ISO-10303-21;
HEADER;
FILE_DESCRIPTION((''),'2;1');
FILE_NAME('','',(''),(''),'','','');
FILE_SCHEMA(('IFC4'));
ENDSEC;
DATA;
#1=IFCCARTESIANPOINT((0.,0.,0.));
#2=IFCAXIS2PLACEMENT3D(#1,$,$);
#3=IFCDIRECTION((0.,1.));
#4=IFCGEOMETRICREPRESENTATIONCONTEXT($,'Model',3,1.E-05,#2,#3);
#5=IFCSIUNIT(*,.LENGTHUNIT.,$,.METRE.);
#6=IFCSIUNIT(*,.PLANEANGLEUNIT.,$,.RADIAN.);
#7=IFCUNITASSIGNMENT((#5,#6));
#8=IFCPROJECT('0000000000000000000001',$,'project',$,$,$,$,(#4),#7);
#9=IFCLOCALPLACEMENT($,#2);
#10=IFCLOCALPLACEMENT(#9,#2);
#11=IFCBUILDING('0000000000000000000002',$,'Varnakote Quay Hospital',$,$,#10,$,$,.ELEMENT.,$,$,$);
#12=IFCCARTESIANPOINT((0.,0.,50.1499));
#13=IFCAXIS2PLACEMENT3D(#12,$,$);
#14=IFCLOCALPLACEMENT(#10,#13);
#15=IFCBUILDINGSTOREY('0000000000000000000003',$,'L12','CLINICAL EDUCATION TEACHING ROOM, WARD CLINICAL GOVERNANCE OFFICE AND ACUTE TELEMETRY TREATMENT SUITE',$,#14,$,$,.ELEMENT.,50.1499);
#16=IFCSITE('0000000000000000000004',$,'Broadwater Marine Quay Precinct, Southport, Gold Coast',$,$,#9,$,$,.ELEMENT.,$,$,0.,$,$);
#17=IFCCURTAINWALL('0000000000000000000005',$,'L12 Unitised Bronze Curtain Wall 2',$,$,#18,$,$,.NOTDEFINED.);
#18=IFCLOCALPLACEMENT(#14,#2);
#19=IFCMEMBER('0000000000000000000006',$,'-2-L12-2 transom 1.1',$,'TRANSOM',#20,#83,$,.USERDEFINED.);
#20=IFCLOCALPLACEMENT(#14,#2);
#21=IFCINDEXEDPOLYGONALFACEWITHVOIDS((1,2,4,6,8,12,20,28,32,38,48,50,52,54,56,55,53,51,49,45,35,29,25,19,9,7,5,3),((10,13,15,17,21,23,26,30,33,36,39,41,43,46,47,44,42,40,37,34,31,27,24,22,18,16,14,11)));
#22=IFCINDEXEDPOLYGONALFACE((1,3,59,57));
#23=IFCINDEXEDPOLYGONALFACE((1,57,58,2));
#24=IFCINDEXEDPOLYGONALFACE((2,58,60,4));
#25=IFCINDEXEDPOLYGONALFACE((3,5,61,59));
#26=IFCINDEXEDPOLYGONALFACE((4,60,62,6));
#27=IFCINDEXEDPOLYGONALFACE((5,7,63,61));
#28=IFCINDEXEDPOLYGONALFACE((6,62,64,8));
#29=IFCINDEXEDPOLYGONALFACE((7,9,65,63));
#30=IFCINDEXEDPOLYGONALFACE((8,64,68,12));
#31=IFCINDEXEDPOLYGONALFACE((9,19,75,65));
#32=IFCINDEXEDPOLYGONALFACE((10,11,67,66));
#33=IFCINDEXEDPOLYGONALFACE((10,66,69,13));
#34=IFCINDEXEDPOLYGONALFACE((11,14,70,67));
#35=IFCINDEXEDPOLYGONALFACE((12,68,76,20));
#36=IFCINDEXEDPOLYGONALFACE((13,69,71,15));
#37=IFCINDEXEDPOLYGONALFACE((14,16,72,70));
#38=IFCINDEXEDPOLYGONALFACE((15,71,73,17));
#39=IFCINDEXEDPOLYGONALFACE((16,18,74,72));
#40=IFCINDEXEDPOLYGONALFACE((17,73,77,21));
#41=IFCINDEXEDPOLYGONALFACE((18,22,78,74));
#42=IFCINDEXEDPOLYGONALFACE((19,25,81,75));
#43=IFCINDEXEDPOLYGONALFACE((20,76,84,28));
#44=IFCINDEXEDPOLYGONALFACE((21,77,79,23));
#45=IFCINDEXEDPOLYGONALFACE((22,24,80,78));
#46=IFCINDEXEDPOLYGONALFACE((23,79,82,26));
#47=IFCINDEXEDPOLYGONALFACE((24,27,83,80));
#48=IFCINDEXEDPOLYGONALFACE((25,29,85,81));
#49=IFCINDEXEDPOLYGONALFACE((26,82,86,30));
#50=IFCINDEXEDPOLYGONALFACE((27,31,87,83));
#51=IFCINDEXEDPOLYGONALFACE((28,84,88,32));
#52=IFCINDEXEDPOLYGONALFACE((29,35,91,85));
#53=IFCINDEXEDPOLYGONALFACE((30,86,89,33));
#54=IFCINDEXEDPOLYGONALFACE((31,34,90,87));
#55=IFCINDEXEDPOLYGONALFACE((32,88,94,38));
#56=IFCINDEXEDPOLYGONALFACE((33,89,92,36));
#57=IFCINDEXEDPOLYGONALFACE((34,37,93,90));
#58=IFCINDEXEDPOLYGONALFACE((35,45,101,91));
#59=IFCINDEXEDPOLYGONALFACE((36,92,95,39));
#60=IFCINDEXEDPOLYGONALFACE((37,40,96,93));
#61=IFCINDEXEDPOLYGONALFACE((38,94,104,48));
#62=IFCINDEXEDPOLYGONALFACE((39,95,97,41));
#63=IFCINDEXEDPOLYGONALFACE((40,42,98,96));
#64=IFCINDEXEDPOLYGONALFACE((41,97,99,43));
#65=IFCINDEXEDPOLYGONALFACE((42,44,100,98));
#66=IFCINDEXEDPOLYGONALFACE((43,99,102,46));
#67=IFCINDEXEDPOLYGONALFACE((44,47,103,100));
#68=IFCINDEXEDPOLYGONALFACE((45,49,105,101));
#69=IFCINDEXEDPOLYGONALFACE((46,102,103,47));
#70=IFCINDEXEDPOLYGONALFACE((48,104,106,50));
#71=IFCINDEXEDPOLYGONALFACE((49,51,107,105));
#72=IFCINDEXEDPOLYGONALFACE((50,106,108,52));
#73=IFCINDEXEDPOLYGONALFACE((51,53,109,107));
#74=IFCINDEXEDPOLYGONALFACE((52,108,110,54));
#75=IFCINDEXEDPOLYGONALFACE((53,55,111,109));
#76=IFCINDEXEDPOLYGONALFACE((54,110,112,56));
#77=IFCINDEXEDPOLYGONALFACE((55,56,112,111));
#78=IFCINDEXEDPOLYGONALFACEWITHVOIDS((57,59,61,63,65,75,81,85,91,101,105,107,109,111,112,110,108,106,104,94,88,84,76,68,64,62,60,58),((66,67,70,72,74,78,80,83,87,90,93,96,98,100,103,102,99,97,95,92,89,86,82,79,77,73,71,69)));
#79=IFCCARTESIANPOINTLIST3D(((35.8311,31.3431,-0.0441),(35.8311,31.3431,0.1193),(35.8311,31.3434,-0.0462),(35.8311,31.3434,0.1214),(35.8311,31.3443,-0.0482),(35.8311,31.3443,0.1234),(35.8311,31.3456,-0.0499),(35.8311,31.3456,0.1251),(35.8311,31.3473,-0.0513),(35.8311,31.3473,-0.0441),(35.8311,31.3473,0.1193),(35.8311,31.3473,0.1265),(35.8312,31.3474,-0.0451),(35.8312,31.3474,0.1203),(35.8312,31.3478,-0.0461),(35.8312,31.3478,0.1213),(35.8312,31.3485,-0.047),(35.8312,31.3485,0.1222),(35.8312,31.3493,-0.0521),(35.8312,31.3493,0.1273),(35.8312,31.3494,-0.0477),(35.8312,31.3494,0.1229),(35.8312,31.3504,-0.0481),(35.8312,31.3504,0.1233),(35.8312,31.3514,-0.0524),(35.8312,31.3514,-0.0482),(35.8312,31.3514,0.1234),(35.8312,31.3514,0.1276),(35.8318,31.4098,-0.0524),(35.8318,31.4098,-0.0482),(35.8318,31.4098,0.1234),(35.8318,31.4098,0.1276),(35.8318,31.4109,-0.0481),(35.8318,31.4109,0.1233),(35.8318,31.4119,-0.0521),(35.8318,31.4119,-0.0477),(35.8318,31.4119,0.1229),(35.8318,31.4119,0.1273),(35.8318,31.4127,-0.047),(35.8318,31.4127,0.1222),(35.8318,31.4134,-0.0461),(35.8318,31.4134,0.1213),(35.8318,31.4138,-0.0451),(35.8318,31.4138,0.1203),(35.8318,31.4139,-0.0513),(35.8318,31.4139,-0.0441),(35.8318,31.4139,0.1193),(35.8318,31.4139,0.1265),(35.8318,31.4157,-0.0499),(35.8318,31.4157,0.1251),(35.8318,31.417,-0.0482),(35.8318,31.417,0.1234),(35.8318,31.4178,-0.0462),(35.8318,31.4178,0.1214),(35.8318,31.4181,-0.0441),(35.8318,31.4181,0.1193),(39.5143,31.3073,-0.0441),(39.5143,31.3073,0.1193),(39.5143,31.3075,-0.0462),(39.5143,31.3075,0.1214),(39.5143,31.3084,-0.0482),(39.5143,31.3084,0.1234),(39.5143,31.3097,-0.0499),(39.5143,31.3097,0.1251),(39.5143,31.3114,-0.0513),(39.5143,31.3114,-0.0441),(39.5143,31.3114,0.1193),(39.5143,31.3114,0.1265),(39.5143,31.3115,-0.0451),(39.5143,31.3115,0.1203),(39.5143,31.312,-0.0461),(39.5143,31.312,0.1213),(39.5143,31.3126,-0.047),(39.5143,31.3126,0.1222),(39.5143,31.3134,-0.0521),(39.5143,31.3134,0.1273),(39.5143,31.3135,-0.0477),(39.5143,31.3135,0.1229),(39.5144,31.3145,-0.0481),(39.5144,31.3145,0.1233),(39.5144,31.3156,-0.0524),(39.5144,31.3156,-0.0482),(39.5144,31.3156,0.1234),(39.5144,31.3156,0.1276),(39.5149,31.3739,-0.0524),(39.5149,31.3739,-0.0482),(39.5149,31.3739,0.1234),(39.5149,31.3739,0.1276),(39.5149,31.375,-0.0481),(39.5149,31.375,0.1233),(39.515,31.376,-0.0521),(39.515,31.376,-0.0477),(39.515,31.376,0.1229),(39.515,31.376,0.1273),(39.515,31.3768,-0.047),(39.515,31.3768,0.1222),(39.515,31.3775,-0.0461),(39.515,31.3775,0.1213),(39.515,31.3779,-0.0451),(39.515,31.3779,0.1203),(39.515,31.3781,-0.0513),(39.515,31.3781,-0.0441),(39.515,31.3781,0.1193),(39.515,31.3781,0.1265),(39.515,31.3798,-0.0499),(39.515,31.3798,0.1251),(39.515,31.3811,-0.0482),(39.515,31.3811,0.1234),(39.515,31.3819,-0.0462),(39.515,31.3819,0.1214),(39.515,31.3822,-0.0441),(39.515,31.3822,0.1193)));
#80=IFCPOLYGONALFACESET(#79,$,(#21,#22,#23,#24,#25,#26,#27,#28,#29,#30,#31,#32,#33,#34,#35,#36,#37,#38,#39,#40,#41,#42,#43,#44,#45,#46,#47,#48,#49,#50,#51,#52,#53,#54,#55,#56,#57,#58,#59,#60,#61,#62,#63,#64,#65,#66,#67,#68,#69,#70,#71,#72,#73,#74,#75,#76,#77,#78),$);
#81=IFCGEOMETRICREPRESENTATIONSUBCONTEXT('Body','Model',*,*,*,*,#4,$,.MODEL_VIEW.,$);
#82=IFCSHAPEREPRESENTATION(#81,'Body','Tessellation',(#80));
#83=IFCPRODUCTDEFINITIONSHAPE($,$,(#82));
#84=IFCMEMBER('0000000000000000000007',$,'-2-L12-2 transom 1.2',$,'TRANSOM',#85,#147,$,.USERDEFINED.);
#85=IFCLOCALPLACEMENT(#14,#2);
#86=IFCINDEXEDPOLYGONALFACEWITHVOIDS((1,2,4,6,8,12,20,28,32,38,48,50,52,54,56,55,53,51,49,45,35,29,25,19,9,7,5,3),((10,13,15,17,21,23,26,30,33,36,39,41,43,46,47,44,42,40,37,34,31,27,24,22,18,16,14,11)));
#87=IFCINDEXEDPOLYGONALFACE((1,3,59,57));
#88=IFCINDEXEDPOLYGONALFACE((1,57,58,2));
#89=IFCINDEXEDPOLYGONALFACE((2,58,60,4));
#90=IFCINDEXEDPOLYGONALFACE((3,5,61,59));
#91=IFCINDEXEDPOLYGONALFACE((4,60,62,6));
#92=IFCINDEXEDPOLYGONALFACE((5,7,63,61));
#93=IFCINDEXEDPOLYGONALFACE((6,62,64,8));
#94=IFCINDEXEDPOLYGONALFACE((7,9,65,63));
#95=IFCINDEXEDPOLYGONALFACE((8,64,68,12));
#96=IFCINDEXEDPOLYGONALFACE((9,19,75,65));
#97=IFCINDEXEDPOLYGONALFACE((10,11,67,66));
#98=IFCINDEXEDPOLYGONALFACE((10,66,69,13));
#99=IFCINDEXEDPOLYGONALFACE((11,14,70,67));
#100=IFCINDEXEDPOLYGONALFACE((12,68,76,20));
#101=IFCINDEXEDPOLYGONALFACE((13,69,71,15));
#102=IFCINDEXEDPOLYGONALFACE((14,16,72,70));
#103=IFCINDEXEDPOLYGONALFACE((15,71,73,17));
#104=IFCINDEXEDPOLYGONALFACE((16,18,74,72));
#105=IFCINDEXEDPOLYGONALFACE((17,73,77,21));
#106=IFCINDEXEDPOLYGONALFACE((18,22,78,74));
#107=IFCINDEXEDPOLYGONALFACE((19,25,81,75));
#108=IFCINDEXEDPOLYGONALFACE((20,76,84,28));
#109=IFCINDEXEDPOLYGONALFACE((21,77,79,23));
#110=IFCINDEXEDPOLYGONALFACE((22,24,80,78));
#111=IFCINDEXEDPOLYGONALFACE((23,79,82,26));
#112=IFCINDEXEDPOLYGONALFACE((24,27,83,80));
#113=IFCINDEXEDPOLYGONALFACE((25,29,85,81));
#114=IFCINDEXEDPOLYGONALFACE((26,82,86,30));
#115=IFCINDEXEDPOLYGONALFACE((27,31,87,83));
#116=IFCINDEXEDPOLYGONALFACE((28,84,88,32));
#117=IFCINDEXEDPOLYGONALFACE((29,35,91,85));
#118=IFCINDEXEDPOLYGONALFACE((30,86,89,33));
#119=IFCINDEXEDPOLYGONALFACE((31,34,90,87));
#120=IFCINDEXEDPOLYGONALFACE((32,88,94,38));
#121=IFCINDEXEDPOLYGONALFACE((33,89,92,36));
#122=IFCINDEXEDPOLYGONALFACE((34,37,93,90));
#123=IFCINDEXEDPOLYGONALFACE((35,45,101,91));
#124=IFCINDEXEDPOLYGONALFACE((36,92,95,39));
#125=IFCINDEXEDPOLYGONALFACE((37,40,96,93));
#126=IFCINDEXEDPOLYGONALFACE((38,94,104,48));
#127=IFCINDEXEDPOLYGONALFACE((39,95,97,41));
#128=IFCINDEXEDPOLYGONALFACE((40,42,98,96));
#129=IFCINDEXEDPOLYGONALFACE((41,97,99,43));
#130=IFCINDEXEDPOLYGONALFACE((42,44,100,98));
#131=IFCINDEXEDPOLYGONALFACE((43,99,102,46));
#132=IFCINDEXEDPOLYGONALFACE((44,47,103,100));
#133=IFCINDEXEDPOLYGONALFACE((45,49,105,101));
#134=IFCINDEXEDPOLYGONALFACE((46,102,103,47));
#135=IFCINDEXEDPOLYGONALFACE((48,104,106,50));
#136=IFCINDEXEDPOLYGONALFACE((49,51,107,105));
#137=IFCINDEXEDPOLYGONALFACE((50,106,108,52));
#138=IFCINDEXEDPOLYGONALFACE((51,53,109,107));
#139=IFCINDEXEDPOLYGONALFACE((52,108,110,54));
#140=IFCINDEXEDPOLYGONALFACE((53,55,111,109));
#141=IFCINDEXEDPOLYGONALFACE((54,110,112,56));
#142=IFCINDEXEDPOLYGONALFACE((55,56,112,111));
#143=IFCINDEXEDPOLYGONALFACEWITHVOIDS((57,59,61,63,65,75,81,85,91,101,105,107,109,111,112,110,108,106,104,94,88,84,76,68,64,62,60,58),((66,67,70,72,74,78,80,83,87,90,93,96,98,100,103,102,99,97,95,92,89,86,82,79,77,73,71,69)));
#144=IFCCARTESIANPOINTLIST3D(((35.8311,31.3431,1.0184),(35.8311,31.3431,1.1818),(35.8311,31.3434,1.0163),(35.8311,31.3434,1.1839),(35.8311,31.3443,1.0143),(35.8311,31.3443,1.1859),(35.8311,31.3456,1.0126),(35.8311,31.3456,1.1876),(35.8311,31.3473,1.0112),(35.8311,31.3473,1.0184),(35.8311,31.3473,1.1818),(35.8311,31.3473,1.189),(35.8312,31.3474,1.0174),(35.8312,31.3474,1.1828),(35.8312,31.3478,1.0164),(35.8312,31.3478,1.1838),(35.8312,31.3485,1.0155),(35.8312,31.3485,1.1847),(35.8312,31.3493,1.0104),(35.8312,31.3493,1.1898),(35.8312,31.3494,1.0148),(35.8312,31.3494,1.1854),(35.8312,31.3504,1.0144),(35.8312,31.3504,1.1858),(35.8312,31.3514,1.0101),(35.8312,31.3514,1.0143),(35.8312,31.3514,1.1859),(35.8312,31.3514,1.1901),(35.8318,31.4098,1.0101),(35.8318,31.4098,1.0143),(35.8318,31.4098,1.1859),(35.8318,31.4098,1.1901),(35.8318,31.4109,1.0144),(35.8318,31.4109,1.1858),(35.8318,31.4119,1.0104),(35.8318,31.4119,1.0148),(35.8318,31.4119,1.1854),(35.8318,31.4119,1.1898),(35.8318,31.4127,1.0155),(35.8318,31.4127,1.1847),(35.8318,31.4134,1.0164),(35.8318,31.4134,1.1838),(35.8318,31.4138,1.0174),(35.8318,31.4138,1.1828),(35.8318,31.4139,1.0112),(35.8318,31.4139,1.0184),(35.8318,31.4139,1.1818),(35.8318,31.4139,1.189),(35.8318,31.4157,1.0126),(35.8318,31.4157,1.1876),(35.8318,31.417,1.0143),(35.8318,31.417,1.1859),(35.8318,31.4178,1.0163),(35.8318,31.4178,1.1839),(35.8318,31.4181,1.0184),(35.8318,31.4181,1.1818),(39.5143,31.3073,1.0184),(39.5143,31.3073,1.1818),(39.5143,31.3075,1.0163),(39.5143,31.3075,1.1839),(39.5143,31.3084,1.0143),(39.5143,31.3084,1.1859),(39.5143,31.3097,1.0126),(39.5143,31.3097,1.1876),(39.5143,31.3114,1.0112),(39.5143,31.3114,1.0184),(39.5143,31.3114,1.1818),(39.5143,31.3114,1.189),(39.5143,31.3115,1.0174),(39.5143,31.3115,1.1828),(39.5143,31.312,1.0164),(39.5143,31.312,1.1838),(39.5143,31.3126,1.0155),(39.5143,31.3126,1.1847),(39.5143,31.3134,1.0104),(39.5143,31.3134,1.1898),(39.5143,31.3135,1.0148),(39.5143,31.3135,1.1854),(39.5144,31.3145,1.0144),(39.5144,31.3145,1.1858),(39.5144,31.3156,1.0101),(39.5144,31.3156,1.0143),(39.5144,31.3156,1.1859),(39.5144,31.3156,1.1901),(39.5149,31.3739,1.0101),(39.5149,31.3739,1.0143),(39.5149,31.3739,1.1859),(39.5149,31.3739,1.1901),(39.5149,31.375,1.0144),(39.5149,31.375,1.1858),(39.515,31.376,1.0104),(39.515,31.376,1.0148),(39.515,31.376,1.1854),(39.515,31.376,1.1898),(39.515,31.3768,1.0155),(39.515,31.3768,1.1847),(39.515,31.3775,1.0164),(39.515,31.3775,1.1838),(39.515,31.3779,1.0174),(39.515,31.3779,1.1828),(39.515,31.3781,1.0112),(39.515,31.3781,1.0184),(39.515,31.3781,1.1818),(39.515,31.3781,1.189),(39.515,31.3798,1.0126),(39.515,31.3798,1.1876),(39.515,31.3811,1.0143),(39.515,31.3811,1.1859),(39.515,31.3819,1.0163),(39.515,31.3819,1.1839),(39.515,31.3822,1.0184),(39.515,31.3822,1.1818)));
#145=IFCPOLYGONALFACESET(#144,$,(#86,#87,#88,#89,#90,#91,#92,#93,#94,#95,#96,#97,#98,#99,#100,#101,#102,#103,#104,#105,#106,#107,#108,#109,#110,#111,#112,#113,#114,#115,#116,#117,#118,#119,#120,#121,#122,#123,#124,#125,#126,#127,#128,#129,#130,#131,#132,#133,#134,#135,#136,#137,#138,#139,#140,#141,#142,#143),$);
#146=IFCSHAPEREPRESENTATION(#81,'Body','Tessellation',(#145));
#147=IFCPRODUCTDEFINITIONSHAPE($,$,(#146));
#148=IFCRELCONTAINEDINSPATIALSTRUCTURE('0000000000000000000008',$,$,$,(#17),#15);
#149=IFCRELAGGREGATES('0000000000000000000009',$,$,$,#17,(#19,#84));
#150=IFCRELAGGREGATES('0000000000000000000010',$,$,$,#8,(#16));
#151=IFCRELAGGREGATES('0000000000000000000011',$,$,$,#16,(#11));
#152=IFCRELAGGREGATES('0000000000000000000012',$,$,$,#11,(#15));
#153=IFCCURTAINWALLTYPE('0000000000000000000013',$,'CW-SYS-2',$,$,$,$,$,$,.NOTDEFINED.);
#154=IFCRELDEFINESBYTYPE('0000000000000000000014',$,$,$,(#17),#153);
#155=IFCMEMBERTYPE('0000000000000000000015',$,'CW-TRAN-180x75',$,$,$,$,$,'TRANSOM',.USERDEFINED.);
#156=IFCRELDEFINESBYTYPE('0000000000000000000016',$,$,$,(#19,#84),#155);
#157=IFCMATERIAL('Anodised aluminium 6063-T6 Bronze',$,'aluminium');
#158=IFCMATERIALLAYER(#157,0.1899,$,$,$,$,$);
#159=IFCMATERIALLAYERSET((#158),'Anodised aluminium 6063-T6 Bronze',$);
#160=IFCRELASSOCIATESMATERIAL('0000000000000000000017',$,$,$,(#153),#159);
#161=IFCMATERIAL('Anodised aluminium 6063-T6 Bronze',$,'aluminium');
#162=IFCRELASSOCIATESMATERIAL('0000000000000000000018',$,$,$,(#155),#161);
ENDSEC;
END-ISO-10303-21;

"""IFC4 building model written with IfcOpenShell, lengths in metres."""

from ifc_helpers import new_model, si_unit, direction, frame, origin, origin_2d, place, context, subcontext, project, spatial, hollow_rectangle, extrude, material, layer, layer_set, material_profile, profile_set, type_object, element, aggregate, save


model = new_model("IFC4")

# Units and contexts
model_context = context("Model", 3, precision=1e-05, world=origin(), true_north=direction((0.0, 1.0)))
body_context = subcontext(model_context, "Body", "Model", "MODEL_VIEW")
ifc_project = project(units=[si_unit("LENGTHUNIT", "METRE"), si_unit("PLANEANGLEUNIT", "RADIAN")], contexts=[model_context])

# Site, building, storey
site_placement = place(None, origin())
site = spatial("IfcSite", under=ifc_project, at=site_placement, Name="Broadwater Marine Quay Precinct, Southport, Gold Coast", CompositionType="ELEMENT", RefElevation=0.0)
building_placement = place(site_placement, origin())
building = spatial("IfcBuilding", under=site, at=building_placement, Name="Varnakote Quay Hospital", CompositionType="ELEMENT")
storey_placement = place(building_placement, frame((0.0, 0.0, 50.1499)))
storey = spatial("IfcBuildingStorey", under=building, at=storey_placement, Name="L12", Description="CLINICAL EDUCATION TEACHING ROOM, WARD CLINICAL GOVERNANCE OFFICE AND ACUTE TELEMETRY TREATMENT SUITE", CompositionType="ELEMENT", Elevation=50.1499)

# Shared definitions
ifc_material_1 = material(Name="Anodised aluminium 6063-T6 Bronze", Category="aluminium")
ifc_layer_1 = layer(ifc_material_1, 0.1899)
ifc_layer_set_1 = layer_set([ifc_layer_1], Name="Anodised aluminium 6063-T6 Bronze")
curtain_wall_type = type_object("IfcCurtainWallType", Name="CW-SYS-2", PredefinedType="NOTDEFINED", material=ifc_layer_set_1)

# Curtain wall, members
curtain_wall_1_placement = place(storey_placement, origin())
curtain_wall_1 = element("IfcCurtainWall", 1, at=curtain_wall_1_placement, inside=storey, type_object=curtain_wall_type, Name="L12 Unitised Bronze Curtain Wall 2", PredefinedType="NOTDEFINED")
ifc_material_2 = material(Name="Anodised aluminium 6063-T6 Bronze", Category="aluminium")
ifc_material_profile_1 = material_profile(ifc_material_2, hollow_rectangle(XDim=0.075, YDim=0.1799, WallThickness=0.0042, InnerFilletRadius=0.0042, OuterFilletRadius=0.0083, at=origin_2d()), Name="CW-TRAN-180x75")
ifc_profile_set_1 = profile_set([ifc_material_profile_1], Name="Anodised aluminium 6063-T6 Bronze")
member_type_1 = type_object("IfcMemberType", Name="CW-TRAN-180x75", ElementType="TRANSOM", PredefinedType="USERDEFINED", material=ifc_profile_set_1)
member_1_placement = place(storey_placement, frame((39.5146, 31.3447, 0.0376), z_axis=(-0.999953, 0.009744, 0.0), x_axis=(-0.009744, -0.999953, 0.0)))
member_1 = element("IfcMember", 2, at=member_1_placement, type_object=member_type_1, Name="-2-L12-2 transom 1.1", ObjectType="TRANSOM", PredefinedType="USERDEFINED", context=body_context, shape_type="SweptSolid", body=[
    extrude(hollow_rectangle(XDim=0.075, YDim=0.1799, WallThickness=0.0042, InnerFilletRadius=0.0042, OuterFilletRadius=0.0083, at=origin_2d()), origin(), (0.0, 0.0, 1.0), 3.6833),
])
member_2_placement = place(storey_placement, frame((39.5146, 31.3447, 1.1001), z_axis=(-0.999953, 0.009744, 0.0), x_axis=(-0.009744, -0.999953, 0.0)))
member_2 = element("IfcMember", 3, at=member_2_placement, type_object=member_type_1, Name="-2-L12-2 transom 1.2", ObjectType="TRANSOM", PredefinedType="USERDEFINED", context=body_context, shape_type="SweptSolid", body=[
    extrude(hollow_rectangle(XDim=0.075, YDim=0.1799, WallThickness=0.0042, InnerFilletRadius=0.0042, OuterFilletRadius=0.0083, at=origin_2d()), origin(), (0.0, 0.0, 1.0), 3.6833),
])

aggregate(curtain_wall_1, [member_1, member_2])

save(model, "model.ifc")
